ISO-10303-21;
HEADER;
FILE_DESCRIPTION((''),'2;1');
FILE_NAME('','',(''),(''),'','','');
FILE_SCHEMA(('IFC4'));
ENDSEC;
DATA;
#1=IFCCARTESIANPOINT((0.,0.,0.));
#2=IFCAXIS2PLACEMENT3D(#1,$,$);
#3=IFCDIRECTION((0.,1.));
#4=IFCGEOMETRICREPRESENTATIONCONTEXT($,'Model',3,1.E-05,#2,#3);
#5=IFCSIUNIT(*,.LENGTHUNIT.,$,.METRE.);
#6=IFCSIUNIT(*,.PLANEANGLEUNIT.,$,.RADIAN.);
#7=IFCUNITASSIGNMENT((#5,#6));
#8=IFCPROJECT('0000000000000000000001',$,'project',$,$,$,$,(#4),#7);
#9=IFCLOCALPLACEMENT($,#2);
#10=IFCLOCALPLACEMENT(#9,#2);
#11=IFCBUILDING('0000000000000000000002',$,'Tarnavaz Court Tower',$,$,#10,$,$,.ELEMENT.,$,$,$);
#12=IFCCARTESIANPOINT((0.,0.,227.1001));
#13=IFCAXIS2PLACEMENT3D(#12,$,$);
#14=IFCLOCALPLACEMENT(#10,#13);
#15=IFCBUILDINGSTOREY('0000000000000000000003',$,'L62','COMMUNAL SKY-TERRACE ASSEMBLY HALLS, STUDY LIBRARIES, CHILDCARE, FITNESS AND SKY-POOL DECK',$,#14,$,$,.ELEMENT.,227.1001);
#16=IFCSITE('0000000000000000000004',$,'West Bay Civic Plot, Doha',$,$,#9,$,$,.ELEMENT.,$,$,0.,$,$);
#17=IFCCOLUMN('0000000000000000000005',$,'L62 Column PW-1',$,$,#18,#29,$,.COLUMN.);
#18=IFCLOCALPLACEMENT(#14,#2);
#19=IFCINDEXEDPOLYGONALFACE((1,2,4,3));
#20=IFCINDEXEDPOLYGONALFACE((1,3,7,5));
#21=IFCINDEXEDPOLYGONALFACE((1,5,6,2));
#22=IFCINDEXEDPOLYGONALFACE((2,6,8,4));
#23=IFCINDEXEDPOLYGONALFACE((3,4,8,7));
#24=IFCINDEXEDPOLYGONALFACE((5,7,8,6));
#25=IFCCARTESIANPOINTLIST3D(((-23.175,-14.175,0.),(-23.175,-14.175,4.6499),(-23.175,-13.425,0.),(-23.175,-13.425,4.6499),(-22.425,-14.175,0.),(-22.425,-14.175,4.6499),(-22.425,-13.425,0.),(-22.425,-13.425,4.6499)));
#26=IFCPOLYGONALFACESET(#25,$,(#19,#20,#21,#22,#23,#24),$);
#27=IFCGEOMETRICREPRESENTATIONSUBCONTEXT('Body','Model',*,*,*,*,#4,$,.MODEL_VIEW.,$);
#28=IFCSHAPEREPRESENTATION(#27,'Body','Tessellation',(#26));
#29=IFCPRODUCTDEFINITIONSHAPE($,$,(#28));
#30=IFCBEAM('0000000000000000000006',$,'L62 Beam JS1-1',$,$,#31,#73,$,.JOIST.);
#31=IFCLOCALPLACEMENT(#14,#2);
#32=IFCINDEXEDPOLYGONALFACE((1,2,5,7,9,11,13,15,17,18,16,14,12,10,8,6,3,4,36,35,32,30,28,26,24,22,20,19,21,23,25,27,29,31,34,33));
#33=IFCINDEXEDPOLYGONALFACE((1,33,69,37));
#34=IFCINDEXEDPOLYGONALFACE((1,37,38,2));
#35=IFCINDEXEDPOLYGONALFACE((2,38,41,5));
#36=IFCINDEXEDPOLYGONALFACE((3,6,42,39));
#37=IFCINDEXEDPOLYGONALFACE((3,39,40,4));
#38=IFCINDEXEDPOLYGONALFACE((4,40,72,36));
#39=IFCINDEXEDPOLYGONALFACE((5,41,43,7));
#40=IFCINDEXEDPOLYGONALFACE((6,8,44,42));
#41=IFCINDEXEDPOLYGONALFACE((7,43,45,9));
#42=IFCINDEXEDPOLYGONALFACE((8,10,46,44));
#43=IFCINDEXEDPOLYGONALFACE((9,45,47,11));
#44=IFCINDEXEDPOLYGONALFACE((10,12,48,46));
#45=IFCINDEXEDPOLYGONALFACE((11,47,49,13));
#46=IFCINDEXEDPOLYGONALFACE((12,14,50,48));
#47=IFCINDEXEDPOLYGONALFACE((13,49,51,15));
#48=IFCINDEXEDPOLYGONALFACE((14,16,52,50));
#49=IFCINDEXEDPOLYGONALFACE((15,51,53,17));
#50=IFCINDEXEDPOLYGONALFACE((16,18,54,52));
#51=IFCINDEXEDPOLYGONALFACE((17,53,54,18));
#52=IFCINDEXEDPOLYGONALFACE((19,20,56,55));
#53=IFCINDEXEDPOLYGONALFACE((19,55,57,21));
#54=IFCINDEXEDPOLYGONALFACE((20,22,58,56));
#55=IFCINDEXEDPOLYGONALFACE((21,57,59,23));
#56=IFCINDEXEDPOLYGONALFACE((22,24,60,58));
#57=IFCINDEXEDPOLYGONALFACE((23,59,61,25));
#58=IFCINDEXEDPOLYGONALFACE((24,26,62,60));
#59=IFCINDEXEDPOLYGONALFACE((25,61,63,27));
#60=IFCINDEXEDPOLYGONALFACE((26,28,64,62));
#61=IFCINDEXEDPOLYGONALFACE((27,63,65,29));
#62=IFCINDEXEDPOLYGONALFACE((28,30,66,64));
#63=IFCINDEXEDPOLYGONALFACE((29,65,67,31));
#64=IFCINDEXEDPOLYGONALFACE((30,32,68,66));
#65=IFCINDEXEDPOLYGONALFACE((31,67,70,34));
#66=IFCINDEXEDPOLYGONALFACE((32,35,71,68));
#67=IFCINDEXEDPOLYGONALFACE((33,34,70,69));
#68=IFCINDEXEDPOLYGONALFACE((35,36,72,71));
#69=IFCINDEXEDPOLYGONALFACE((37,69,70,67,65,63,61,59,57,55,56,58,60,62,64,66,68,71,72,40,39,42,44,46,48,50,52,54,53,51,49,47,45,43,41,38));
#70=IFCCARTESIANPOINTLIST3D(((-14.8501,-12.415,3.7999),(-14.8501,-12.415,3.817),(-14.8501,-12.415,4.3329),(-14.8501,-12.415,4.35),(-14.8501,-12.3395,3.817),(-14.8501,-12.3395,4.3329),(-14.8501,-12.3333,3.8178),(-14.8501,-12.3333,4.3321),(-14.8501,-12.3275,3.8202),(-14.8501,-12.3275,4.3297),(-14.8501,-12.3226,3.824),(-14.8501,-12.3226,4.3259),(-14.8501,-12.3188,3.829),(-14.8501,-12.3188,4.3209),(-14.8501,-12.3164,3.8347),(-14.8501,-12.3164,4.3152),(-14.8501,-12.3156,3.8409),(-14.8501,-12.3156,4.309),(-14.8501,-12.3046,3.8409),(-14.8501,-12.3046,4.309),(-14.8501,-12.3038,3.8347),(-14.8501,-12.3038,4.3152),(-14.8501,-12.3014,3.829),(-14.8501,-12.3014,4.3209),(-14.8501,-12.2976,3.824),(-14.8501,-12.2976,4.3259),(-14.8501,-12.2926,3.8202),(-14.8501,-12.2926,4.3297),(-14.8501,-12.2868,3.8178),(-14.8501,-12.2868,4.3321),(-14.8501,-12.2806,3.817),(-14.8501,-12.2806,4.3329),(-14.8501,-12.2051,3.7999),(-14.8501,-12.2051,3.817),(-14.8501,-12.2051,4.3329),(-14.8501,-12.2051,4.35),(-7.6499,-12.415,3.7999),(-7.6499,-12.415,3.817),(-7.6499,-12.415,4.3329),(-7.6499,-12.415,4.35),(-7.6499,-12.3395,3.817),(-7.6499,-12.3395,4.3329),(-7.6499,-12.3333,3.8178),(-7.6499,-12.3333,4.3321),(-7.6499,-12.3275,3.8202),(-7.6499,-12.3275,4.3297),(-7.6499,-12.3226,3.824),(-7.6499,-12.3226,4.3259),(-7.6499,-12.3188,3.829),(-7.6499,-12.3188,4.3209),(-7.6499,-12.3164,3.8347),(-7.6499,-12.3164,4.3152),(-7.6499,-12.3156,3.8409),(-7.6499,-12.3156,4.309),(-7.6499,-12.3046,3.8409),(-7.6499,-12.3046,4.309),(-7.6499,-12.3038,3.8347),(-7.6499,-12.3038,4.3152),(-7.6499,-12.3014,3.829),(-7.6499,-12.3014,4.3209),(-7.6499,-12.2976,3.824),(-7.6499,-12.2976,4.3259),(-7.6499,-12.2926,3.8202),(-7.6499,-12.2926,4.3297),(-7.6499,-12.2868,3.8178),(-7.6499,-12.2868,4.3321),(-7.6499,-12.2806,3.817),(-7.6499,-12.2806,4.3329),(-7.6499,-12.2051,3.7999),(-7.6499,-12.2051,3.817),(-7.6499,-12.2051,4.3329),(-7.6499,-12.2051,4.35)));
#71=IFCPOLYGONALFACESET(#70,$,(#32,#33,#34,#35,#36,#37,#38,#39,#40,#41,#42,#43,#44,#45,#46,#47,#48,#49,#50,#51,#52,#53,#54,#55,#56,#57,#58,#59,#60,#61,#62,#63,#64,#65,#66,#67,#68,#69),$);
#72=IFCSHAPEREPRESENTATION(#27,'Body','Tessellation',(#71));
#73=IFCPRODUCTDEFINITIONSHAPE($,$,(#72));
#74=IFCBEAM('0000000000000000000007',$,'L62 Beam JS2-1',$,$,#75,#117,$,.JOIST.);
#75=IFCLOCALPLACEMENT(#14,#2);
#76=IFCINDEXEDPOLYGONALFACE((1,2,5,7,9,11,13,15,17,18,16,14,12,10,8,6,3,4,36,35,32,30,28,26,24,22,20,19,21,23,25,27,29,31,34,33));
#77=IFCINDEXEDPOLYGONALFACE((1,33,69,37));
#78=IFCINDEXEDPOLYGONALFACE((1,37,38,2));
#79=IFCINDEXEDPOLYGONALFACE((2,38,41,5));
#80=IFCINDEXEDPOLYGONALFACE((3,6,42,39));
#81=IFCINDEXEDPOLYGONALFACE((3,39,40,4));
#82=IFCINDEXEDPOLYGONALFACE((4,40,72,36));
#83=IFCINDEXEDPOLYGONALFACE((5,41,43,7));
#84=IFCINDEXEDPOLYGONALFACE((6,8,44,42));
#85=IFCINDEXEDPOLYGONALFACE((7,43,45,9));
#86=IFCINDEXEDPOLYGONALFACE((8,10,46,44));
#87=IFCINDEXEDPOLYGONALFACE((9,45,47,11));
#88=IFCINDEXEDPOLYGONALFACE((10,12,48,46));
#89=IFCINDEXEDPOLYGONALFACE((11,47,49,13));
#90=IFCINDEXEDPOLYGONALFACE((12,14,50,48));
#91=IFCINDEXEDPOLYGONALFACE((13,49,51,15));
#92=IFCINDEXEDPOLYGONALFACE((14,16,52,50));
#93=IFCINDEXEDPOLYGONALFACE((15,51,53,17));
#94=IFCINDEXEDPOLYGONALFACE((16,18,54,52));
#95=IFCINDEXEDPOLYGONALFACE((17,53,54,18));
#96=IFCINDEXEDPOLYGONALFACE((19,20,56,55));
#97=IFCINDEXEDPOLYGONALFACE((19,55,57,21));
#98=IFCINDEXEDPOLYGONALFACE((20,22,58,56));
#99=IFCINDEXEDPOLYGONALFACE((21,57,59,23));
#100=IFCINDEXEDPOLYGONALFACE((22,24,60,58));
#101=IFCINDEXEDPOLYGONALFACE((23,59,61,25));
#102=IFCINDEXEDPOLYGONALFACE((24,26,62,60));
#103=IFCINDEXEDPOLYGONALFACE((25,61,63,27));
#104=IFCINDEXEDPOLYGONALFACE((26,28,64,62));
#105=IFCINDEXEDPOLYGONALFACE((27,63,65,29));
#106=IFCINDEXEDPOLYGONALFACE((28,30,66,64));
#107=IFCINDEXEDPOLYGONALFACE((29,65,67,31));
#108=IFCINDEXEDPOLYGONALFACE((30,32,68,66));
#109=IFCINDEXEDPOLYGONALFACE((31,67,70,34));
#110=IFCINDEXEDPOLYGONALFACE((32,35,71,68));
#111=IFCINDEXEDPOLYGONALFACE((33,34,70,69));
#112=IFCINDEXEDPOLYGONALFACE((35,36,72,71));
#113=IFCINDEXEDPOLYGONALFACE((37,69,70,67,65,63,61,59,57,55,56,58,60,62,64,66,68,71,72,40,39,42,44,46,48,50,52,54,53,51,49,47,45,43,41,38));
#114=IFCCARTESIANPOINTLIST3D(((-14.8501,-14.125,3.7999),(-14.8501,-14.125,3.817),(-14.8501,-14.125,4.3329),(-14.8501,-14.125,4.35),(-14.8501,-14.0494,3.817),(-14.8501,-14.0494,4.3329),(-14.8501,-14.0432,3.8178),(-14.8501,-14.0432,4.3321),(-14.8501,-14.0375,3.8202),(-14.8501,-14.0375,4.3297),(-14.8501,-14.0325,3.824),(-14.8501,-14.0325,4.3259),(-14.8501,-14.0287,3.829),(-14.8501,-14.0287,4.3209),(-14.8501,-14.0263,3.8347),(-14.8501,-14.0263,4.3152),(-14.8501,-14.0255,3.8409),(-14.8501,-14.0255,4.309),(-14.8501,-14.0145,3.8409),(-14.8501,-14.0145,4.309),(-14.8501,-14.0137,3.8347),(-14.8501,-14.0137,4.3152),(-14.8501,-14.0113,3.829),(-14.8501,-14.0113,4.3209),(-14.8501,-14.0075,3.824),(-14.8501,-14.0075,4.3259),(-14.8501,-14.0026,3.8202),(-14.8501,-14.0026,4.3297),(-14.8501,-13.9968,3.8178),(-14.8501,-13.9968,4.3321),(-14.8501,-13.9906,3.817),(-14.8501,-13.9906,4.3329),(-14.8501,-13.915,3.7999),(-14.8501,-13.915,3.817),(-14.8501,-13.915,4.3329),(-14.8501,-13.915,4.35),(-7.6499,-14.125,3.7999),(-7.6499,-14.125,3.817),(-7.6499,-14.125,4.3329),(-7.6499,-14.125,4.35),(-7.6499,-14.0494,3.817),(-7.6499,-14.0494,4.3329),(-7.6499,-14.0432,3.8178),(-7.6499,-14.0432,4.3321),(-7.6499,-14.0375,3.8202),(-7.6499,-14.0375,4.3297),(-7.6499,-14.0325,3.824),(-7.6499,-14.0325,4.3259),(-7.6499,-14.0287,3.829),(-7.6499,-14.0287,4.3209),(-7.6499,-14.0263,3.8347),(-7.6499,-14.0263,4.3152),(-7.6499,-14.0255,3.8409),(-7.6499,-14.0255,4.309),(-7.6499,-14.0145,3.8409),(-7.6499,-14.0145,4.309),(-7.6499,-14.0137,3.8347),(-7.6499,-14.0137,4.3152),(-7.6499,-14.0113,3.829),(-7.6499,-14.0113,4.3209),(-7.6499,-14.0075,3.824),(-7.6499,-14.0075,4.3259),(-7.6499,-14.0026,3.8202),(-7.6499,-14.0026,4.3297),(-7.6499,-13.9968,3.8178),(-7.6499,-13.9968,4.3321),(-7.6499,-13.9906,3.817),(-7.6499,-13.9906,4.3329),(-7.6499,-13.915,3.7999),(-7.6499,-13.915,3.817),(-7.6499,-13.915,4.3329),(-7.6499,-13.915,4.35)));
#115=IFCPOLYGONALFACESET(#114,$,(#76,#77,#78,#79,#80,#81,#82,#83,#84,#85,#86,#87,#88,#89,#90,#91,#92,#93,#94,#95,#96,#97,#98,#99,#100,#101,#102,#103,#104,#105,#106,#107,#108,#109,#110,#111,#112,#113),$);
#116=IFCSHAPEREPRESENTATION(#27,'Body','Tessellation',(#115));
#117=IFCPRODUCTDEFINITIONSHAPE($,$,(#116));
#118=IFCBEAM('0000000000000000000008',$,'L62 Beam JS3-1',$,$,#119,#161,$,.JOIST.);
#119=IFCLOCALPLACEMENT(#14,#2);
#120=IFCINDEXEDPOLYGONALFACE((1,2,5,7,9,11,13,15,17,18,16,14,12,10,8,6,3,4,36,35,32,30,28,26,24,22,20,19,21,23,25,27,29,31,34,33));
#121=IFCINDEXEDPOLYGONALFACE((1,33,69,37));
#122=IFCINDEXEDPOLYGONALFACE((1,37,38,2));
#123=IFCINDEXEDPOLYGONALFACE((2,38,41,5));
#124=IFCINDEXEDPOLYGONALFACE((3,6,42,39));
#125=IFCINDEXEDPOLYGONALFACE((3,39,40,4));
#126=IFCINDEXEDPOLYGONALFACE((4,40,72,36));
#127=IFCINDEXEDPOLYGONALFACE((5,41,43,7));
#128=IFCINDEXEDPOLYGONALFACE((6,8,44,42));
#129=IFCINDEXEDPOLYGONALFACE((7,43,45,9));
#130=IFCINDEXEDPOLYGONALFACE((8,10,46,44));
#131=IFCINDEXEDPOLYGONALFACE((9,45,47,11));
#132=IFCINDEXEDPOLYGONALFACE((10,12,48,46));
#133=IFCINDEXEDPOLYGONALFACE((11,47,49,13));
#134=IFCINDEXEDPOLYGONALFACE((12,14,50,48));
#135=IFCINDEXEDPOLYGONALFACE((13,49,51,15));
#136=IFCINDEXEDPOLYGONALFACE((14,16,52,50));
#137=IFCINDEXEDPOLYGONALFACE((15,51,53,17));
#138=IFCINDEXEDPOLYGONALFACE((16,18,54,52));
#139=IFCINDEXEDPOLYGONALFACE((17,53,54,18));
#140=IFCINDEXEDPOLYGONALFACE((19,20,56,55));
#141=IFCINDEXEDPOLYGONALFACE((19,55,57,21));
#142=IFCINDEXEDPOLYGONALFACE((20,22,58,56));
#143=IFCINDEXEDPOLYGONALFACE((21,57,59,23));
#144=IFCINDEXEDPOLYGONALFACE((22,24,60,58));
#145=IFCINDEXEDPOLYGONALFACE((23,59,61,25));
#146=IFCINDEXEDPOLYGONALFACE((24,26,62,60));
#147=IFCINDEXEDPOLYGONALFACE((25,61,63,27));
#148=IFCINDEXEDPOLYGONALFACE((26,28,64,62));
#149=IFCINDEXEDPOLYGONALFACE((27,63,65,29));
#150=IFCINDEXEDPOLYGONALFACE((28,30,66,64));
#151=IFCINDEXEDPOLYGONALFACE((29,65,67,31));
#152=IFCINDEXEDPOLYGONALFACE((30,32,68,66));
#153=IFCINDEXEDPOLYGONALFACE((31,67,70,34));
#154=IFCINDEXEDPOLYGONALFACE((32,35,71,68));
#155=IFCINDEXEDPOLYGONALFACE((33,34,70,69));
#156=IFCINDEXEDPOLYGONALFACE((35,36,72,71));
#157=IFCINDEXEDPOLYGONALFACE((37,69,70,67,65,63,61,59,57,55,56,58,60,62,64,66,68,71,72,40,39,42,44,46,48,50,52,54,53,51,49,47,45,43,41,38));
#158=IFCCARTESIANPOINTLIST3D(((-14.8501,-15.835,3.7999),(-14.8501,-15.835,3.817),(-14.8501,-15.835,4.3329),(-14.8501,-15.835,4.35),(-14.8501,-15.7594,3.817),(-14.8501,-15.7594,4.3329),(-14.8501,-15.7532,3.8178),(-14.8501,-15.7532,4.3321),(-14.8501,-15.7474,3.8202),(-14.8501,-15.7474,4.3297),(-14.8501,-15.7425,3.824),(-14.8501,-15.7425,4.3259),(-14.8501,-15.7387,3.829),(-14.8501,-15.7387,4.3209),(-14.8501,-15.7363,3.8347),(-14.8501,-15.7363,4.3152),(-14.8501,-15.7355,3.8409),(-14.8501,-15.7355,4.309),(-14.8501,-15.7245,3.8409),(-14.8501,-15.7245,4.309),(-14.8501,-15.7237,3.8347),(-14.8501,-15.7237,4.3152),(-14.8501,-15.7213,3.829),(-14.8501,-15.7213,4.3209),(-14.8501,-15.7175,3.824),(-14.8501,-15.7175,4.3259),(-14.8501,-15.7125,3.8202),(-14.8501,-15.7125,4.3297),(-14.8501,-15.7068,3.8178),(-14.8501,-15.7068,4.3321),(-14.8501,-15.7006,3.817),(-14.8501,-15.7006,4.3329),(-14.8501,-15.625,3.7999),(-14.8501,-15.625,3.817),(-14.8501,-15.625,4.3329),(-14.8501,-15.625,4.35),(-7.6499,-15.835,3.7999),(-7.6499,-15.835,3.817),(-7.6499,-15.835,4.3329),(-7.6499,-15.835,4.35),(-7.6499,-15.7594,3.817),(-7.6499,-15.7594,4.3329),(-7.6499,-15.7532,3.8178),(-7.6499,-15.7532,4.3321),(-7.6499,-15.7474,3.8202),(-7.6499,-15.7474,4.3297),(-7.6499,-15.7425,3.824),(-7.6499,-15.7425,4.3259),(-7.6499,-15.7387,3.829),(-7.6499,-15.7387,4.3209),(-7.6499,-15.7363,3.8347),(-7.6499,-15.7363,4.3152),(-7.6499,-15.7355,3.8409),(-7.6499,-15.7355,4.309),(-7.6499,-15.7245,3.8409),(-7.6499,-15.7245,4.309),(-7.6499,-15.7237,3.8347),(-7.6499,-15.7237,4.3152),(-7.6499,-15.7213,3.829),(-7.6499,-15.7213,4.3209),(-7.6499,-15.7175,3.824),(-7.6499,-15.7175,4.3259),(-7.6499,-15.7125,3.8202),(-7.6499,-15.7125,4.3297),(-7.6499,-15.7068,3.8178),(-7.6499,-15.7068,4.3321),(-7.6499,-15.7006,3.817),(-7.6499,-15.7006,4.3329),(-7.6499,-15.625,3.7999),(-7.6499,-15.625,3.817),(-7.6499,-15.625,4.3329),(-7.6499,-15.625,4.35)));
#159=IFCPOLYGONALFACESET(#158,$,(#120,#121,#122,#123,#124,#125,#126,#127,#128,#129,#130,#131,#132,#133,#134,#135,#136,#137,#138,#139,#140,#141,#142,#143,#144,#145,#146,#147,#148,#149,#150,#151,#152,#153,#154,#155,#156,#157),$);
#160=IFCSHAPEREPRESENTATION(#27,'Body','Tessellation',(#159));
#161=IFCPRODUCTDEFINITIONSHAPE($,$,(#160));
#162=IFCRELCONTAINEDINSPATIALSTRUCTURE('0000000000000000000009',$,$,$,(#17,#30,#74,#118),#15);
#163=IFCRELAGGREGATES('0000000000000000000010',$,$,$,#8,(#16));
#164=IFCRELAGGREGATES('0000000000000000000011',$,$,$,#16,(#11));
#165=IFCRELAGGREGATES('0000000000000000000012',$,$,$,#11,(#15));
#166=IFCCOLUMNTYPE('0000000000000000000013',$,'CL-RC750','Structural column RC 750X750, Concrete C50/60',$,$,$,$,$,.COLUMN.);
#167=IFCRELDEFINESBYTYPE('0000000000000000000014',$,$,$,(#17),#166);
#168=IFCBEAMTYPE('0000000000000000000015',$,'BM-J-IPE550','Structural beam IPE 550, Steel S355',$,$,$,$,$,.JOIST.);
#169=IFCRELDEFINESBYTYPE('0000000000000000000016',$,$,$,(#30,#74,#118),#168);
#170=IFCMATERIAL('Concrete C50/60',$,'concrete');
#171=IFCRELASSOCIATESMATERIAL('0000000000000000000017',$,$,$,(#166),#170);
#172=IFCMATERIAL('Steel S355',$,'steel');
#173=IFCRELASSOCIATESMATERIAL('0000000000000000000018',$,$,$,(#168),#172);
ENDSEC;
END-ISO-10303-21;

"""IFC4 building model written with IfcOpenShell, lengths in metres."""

from ifc_helpers import new_model, si_unit, direction, frame, origin, origin_2d, place, context, subcontext, project, spatial, rectangle, i_section, extrude, material, material_profile, profile_set, type_object, element, save


model = new_model("IFC4")

# Units and contexts
model_context = context("Model", 3, precision=1e-05, world=origin(), true_north=direction((0.0, 1.0)))
body_context = subcontext(model_context, "Body", "Model", "MODEL_VIEW")
ifc_project = project(units=[si_unit("LENGTHUNIT", "METRE"), si_unit("PLANEANGLEUNIT", "RADIAN")], contexts=[model_context])

# Site, building, storey
site_placement = place(None, origin())
site = spatial("IfcSite", under=ifc_project, at=site_placement, Name="West Bay Civic Plot, Doha", CompositionType="ELEMENT", RefElevation=0.0)
building_placement = place(site_placement, origin())
building = spatial("IfcBuilding", under=site, at=building_placement, Name="Tarnavaz Court Tower", CompositionType="ELEMENT")
storey_placement = place(building_placement, frame((0.0, 0.0, 227.1001)))
storey = spatial("IfcBuildingStorey", under=building, at=storey_placement, Name="L62", Description="COMMUNAL SKY-TERRACE ASSEMBLY HALLS, STUDY LIBRARIES, CHILDCARE, FITNESS AND SKY-POOL DECK", CompositionType="ELEMENT", Elevation=227.1001)

# Column
ifc_material_1 = material(Name="Concrete C50/60", Category="concrete")
ifc_material_profile_1 = material_profile(ifc_material_1, rectangle(XDim=0.75, YDim=0.75, at=origin_2d()), Name="RC 750X750")
ifc_profile_set_1 = profile_set([ifc_material_profile_1], Name="Concrete C50/60")
column_type = type_object("IfcColumnType", Name="CL-RC750", Description="Structural column RC 750X750, Concrete C50/60", PredefinedType="COLUMN", material=ifc_profile_set_1)
column_placement = place(storey_placement, frame((-22.8, -13.8, 0.0), z_axis=(0.0, 0.0, 1.0), x_axis=(1.0, 0.0, 0.0)))
element("IfcColumn", 1, at=column_placement, inside=storey, type_object=column_type, Name="L62 Column PW-1", PredefinedType="COLUMN", context=body_context, shape_type="SweptSolid", body=[
    extrude(rectangle(XDim=0.75, YDim=0.75, at=origin_2d()), origin(), (0.0, 0.0, 1.0), 4.6499),
])

# Beams
ifc_material_2 = material(Name="Steel S355", Category="steel")
ifc_material_profile_2 = material_profile(ifc_material_2, i_section(OverallWidth=0.21, OverallDepth=0.55, WebThickness=0.011, FlangeThickness=0.0171, FilletRadius=0.0239, at=origin_2d()), Name="IPE 550")
ifc_profile_set_2 = profile_set([ifc_material_profile_2], Name="Steel S355")
beam_type_1 = type_object("IfcBeamType", Name="BM-J-IPE550", Description="Structural beam IPE 550, Steel S355", PredefinedType="JOIST", material=ifc_profile_set_2)
for number, where, z_axis, x_axis, name in (
    (2, (-14.8501, -12.3101, 4.075), (1.0, 0.0, 0.0), (0.0, 1.0, 0.0), "L62 Beam JS1-1"),
    (3, (-14.8501, -14.02, 4.075), (1.0, 0.0, 0.0), (0.0, 1.0, 0.0), "L62 Beam JS2-1"),
    (4, (-14.8501, -15.73, 4.075), (1.0, 0.0, 0.0), (0.0, 1.0, 0.0), "L62 Beam JS3-1"),
):
    element("IfcBeam", number, at=place(storey_placement, frame(where, z_axis=z_axis, x_axis=x_axis)), inside=storey, type_object=beam_type_1, Name=name, PredefinedType="JOIST", context=body_context, shape_type="SweptSolid", body=[
        extrude(i_section(OverallWidth=0.21, OverallDepth=0.55, WebThickness=0.011, FlangeThickness=0.0171, FilletRadius=0.0239, at=origin_2d()), origin(), (0.0, 0.0, 1.0), 7.2002),
    ])

save(model, "model.ifc")
